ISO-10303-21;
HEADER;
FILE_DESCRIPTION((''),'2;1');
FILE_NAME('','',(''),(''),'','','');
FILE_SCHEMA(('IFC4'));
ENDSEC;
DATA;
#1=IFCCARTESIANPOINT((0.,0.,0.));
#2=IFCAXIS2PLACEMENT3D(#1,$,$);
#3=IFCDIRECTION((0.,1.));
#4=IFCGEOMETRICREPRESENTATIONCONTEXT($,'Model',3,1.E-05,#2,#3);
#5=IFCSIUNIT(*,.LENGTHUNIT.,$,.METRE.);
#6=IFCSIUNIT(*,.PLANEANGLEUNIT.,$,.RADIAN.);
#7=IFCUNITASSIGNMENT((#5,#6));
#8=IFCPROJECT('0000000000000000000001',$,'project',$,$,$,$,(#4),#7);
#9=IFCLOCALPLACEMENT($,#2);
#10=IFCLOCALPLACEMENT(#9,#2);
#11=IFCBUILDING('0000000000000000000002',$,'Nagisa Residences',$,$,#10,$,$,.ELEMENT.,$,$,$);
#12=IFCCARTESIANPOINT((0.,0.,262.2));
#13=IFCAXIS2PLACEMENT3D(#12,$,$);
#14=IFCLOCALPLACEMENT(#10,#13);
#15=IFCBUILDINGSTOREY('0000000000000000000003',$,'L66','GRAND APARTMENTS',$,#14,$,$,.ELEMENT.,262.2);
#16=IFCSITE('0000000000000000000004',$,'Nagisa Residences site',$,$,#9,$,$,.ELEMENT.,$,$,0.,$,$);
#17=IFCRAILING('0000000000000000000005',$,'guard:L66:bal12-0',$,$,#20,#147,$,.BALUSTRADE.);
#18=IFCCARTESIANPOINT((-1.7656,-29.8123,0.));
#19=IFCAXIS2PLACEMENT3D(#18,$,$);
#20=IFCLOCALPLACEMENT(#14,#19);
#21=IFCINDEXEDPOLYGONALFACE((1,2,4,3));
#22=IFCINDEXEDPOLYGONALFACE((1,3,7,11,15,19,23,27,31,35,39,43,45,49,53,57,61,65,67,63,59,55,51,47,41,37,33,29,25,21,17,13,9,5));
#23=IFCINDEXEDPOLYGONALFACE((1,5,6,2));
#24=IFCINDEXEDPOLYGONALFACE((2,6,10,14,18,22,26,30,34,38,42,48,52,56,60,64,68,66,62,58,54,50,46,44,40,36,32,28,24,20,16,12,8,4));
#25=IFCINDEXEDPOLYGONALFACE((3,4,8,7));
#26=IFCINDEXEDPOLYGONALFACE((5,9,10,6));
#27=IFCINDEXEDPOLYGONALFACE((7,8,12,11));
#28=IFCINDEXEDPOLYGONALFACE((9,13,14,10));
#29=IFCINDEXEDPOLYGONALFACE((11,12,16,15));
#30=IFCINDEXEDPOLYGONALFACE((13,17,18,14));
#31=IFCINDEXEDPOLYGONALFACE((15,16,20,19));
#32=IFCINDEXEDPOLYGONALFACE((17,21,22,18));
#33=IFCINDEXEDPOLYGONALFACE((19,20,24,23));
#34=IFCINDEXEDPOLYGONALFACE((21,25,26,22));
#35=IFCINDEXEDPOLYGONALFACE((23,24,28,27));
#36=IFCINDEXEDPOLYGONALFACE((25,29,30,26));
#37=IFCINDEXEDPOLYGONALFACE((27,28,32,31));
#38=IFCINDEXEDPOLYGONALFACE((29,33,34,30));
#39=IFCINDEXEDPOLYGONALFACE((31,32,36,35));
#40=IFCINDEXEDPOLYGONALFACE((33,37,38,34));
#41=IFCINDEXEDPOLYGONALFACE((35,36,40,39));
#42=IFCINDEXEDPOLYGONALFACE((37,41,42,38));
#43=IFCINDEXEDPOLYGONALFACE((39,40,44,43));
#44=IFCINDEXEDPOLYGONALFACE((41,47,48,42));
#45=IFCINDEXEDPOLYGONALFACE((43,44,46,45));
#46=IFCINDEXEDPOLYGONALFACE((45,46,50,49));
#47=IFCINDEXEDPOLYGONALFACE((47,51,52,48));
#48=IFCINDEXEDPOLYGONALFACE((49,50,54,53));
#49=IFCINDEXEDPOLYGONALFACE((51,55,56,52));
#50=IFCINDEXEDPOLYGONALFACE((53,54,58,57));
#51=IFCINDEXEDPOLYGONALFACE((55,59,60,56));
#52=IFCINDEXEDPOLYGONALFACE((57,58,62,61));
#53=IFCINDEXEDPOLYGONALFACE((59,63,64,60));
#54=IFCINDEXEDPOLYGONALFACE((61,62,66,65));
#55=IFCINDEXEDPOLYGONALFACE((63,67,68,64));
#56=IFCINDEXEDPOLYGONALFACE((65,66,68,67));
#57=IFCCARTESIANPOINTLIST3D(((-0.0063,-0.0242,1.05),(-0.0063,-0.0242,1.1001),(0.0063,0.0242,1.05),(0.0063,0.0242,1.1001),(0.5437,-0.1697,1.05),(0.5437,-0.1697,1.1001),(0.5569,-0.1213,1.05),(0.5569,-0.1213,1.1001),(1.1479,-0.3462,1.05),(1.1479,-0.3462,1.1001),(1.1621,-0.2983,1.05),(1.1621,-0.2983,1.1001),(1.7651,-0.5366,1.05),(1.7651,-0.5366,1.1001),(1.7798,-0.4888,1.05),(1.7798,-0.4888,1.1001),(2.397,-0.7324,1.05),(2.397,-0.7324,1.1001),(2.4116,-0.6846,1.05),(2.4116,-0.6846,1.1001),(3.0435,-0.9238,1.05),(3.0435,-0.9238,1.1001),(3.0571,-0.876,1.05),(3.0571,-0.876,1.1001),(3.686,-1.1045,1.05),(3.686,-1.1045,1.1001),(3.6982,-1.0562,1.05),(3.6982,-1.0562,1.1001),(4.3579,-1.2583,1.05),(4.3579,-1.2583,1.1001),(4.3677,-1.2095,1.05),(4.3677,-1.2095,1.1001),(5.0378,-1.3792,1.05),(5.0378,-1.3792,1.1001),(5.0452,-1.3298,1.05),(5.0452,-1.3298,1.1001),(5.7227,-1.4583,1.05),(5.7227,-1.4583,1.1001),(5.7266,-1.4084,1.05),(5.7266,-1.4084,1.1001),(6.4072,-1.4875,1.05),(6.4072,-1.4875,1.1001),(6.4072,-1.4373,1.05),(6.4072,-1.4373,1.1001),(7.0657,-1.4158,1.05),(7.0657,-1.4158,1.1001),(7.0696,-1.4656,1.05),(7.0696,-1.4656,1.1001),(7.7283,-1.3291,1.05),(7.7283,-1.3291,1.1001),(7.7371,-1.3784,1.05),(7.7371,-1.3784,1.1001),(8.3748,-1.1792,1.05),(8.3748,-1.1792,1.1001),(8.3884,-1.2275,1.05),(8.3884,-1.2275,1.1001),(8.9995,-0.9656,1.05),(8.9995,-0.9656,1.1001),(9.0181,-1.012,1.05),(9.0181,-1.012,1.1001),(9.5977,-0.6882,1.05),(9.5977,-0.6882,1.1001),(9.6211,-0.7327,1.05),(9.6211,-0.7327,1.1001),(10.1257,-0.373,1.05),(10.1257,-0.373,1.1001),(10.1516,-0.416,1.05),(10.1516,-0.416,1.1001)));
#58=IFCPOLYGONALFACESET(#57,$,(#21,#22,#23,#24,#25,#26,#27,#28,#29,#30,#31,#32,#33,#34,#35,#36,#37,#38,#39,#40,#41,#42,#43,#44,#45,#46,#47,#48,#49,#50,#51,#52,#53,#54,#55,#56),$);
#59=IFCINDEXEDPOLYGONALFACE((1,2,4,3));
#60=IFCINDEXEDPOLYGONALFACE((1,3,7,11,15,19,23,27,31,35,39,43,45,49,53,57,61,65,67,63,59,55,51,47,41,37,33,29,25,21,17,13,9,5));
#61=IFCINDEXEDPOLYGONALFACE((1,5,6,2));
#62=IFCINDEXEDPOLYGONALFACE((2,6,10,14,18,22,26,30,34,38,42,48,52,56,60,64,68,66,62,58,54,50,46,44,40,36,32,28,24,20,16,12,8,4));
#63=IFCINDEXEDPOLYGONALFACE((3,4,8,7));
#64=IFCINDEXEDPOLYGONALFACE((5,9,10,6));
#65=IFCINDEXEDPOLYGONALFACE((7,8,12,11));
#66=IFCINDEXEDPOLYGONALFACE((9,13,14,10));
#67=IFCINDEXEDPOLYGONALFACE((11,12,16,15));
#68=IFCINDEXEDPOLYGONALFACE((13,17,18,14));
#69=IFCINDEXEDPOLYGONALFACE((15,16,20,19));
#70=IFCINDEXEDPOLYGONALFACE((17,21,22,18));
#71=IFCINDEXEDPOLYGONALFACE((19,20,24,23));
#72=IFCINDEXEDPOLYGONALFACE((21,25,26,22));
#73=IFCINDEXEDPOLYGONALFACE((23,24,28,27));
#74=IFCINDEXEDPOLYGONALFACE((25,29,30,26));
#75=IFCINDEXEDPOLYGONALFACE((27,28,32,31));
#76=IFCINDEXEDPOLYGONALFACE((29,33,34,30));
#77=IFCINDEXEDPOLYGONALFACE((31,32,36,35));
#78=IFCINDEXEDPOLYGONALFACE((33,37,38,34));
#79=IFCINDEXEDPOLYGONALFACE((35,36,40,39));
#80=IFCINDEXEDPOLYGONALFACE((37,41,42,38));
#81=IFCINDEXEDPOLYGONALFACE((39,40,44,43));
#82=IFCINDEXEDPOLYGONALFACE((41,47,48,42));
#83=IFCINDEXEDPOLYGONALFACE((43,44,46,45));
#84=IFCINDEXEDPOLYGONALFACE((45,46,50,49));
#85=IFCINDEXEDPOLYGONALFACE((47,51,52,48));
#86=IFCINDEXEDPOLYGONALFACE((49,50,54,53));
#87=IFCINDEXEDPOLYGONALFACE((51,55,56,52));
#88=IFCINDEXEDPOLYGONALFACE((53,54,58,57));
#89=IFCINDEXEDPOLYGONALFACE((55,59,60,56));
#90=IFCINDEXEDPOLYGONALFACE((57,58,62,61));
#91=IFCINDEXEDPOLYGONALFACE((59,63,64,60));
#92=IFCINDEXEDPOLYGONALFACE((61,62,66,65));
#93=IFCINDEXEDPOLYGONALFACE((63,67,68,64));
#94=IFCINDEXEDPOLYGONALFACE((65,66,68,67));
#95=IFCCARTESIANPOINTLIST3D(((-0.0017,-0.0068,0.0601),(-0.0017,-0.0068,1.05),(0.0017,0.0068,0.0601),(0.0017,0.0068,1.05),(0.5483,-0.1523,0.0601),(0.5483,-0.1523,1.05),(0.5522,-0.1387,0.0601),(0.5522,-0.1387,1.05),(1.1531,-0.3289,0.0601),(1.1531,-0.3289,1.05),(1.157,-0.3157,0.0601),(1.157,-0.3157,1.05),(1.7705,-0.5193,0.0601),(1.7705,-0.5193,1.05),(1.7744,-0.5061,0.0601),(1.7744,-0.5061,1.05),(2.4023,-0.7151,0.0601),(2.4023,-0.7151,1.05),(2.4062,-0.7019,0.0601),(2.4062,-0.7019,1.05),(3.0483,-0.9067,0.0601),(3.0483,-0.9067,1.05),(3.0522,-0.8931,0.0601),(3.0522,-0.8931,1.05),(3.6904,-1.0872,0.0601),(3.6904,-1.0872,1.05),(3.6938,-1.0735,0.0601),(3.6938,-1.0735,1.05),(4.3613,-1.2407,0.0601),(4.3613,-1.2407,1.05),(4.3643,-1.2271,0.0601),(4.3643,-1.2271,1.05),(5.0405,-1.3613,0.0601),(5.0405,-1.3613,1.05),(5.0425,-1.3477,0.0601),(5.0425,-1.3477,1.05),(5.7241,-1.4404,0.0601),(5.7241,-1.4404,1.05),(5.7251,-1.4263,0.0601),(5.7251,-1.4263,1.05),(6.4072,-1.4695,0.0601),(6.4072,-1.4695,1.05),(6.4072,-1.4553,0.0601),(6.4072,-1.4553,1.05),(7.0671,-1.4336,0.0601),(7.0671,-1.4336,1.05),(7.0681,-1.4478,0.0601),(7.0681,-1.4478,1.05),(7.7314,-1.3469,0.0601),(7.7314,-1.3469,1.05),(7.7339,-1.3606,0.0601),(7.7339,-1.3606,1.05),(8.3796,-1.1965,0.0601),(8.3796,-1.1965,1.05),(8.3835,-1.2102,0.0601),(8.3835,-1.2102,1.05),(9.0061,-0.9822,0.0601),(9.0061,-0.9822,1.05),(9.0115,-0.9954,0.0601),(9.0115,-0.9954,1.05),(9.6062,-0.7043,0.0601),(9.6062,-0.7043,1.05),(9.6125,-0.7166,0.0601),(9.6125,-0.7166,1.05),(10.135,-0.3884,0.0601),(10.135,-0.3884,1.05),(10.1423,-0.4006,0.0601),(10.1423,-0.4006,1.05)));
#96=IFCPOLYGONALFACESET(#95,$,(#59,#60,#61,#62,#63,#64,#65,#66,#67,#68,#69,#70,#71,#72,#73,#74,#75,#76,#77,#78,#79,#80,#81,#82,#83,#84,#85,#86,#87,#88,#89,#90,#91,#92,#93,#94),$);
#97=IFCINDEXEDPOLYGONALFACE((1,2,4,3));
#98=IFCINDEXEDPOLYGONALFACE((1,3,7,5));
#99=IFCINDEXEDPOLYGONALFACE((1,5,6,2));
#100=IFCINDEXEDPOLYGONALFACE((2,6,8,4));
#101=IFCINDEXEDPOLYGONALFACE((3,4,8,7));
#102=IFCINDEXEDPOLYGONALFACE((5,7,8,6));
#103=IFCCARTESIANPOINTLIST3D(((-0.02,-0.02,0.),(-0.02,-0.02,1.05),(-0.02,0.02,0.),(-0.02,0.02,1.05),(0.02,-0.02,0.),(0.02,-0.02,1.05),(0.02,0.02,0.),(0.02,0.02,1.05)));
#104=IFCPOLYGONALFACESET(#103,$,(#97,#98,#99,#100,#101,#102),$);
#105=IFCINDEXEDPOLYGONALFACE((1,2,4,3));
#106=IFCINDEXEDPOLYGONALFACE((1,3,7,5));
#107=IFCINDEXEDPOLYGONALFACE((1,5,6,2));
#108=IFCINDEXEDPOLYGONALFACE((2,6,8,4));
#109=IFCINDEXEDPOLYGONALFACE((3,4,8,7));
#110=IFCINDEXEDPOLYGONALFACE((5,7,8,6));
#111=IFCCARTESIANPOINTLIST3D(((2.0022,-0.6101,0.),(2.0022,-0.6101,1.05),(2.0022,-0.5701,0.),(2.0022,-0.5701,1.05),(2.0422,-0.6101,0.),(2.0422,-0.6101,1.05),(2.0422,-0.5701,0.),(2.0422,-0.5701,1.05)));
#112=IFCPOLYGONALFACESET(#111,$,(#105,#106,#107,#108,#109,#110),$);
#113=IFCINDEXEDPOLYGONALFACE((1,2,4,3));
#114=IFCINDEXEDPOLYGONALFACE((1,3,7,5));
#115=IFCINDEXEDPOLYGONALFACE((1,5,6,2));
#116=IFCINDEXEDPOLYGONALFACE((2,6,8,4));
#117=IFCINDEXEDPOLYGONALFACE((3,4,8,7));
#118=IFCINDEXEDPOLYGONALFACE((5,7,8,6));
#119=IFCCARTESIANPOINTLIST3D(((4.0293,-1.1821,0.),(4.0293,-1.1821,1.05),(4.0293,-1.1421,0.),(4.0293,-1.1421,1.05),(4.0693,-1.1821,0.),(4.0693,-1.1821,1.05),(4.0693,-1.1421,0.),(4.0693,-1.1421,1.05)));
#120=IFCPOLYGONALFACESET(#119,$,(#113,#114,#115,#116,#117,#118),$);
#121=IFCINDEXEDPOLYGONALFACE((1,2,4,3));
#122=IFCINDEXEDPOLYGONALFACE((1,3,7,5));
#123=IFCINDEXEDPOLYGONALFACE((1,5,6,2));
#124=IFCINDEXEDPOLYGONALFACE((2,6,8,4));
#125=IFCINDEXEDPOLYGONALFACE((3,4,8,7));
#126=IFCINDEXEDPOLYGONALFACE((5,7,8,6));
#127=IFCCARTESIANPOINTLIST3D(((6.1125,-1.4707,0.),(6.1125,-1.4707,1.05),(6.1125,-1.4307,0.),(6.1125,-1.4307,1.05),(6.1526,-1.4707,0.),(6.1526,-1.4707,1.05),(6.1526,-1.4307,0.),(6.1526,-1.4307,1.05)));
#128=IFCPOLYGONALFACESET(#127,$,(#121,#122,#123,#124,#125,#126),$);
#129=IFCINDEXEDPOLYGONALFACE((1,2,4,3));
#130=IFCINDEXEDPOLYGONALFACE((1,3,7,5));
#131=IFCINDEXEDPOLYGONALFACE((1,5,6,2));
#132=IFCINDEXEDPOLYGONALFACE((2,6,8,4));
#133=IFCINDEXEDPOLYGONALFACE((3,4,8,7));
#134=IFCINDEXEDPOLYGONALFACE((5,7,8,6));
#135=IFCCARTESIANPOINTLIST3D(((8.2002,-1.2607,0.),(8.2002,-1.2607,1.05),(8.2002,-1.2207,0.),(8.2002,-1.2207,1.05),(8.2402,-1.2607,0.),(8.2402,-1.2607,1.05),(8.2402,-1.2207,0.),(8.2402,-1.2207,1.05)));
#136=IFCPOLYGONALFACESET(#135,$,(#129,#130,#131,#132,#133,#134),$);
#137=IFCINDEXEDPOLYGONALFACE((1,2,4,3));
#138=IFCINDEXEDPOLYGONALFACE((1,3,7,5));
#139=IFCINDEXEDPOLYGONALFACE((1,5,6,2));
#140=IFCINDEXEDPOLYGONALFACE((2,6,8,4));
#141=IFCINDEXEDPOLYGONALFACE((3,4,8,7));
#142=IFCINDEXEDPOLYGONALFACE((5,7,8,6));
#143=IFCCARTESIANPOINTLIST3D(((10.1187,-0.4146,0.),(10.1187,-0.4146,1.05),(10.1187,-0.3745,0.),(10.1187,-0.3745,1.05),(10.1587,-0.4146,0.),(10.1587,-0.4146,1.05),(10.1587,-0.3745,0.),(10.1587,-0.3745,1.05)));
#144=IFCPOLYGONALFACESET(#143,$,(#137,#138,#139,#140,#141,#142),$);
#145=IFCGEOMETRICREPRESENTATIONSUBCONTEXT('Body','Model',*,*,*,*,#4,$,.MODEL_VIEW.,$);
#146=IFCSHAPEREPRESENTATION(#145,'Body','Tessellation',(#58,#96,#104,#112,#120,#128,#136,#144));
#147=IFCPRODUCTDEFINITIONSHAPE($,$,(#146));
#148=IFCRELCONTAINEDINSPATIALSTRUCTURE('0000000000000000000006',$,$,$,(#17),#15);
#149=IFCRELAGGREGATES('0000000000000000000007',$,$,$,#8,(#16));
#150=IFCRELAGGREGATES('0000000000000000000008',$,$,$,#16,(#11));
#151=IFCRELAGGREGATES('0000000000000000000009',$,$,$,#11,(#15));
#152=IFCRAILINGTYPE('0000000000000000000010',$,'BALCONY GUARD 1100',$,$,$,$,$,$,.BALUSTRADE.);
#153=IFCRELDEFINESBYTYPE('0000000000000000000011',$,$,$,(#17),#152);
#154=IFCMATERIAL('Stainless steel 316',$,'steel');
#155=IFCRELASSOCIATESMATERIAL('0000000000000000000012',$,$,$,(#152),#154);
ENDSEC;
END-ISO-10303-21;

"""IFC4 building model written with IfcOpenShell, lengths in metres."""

from ifc_helpers import new_model, si_unit, direction, frame, origin, origin_2d, place, context, subcontext, project, spatial, polyline, rectangle, outline, extrude, material, type_object, element, save


model = new_model("IFC4")

# Units and contexts
model_context = context("Model", 3, precision=1e-05, world=origin(), true_north=direction((0.0, 1.0)))
body_context = subcontext(model_context, "Body", "Model", "MODEL_VIEW")
ifc_project = project(units=[si_unit("LENGTHUNIT", "METRE"), si_unit("PLANEANGLEUNIT", "RADIAN")], contexts=[model_context])

# Site, building, storey
site_placement = place(None, origin())
site = spatial("IfcSite", under=ifc_project, at=site_placement, Name="Nagisa Residences site", CompositionType="ELEMENT", RefElevation=0.0)
building_placement = place(site_placement, origin())
building = spatial("IfcBuilding", under=site, at=building_placement, Name="Nagisa Residences", CompositionType="ELEMENT")
storey_placement = place(building_placement, frame((0.0, 0.0, 262.2)))
storey = spatial("IfcBuildingStorey", under=building, at=storey_placement, Name="L66", Description="GRAND APARTMENTS", CompositionType="ELEMENT", Elevation=262.2)

# Railing
ifc_material_1 = material(Name="Stainless steel 316", Category="steel")
railing_type = type_object("IfcRailingType", Name="BALCONY GUARD 1100", PredefinedType="BALUSTRADE", material=ifc_material_1)
railing_1_placement = place(storey_placement, frame((-1.7656, -29.8123, 0.0)))
element("IfcRailing", 1, at=railing_1_placement, inside=storey, type_object=railing_type, Name="guard:L66:bal12-0", PredefinedType="BALUSTRADE", context=body_context, shape_type="SweptSolid", body=[
    extrude(outline(polyline([(0.5569, -0.1213), (0.0063, 0.0242), (-0.0063, -0.0242), (0.5437, -0.1697), (1.1479, -0.3462), (1.7651, -0.5366), (2.397, -0.7324), (3.0435, -0.9238), (3.686, -1.1045), (4.3579, -1.2583), (5.0378, -1.3792), (5.7227, -1.4583), (6.4072, -1.4875), (7.0696, -1.4656), (7.7371, -1.3784), (8.3884, -1.2275), (9.0181, -1.012), (9.6211, -0.7327), (10.1516, -0.416), (10.1257, -0.373), (9.5977, -0.6882), (8.9995, -0.9656), (8.3748, -1.1792), (7.7283, -1.3291), (7.0657, -1.4158), (6.4072, -1.4373), (5.7266, -1.4084), (5.0452, -1.3298), (4.3677, -1.2095), (3.6982, -1.0562), (3.0571, -0.876), (2.4116, -0.6846), (1.7798, -0.4888), (1.1621, -0.2983), (0.5569, -0.1213)])), frame((0.0, 0.0, 1.05)), (0.0, 0.0, 1.0), 0.05),
    extrude(outline(polyline([(0.5522, -0.1387), (0.0017, 0.0068), (-0.0017, -0.0068), (0.5483, -0.1523), (1.1531, -0.3289), (1.7705, -0.5193), (2.4023, -0.7151), (3.0483, -0.9067), (3.6904, -1.0872), (4.3613, -1.2407), (5.0405, -1.3613), (5.7241, -1.4404), (6.4072, -1.4695), (7.0681, -1.4478), (7.7339, -1.3606), (8.3835, -1.2102), (9.0115, -0.9954), (9.6125, -0.7166), (10.1423, -0.4006), (10.135, -0.3884), (9.6062, -0.7043), (9.0061, -0.9822), (8.3796, -1.1965), (7.7314, -1.3469), (7.0671, -1.4336), (6.4072, -1.4553), (5.7251, -1.4263), (5.0425, -1.3477), (4.3643, -1.2271), (3.6938, -1.0735), (3.0522, -0.8931), (2.4062, -0.7019), (1.7744, -0.5061), (1.157, -0.3157), (0.5522, -0.1387)])), frame((0.0, 0.0, 0.0601)), (0.0, 0.0, 1.0), 0.99),
    extrude(rectangle(XDim=0.04, YDim=0.04, at=origin_2d()), origin(), (0.0, 0.0, 1.0), 1.05),
    extrude(rectangle(XDim=0.04, YDim=0.04, at=origin_2d()), frame((2.0222, -0.5901, 0.0)), (0.0, 0.0, 1.0), 1.05),
    extrude(rectangle(XDim=0.04, YDim=0.04, at=origin_2d()), frame((4.0493, -1.1621, 0.0)), (0.0, 0.0, 1.0), 1.05),
    extrude(rectangle(XDim=0.04, YDim=0.04, at=origin_2d()), frame((6.1326, -1.4507, 0.0)), (0.0, 0.0, 1.0), 1.05),
    extrude(rectangle(XDim=0.04, YDim=0.04, at=origin_2d()), frame((8.2202, -1.2407, 0.0)), (0.0, 0.0, 1.0), 1.05),
    extrude(rectangle(XDim=0.04, YDim=0.04, at=origin_2d()), frame((10.1387, -0.3945, 0.0)), (0.0, 0.0, 1.0), 1.05),
])

save(model, "model.ifc")
